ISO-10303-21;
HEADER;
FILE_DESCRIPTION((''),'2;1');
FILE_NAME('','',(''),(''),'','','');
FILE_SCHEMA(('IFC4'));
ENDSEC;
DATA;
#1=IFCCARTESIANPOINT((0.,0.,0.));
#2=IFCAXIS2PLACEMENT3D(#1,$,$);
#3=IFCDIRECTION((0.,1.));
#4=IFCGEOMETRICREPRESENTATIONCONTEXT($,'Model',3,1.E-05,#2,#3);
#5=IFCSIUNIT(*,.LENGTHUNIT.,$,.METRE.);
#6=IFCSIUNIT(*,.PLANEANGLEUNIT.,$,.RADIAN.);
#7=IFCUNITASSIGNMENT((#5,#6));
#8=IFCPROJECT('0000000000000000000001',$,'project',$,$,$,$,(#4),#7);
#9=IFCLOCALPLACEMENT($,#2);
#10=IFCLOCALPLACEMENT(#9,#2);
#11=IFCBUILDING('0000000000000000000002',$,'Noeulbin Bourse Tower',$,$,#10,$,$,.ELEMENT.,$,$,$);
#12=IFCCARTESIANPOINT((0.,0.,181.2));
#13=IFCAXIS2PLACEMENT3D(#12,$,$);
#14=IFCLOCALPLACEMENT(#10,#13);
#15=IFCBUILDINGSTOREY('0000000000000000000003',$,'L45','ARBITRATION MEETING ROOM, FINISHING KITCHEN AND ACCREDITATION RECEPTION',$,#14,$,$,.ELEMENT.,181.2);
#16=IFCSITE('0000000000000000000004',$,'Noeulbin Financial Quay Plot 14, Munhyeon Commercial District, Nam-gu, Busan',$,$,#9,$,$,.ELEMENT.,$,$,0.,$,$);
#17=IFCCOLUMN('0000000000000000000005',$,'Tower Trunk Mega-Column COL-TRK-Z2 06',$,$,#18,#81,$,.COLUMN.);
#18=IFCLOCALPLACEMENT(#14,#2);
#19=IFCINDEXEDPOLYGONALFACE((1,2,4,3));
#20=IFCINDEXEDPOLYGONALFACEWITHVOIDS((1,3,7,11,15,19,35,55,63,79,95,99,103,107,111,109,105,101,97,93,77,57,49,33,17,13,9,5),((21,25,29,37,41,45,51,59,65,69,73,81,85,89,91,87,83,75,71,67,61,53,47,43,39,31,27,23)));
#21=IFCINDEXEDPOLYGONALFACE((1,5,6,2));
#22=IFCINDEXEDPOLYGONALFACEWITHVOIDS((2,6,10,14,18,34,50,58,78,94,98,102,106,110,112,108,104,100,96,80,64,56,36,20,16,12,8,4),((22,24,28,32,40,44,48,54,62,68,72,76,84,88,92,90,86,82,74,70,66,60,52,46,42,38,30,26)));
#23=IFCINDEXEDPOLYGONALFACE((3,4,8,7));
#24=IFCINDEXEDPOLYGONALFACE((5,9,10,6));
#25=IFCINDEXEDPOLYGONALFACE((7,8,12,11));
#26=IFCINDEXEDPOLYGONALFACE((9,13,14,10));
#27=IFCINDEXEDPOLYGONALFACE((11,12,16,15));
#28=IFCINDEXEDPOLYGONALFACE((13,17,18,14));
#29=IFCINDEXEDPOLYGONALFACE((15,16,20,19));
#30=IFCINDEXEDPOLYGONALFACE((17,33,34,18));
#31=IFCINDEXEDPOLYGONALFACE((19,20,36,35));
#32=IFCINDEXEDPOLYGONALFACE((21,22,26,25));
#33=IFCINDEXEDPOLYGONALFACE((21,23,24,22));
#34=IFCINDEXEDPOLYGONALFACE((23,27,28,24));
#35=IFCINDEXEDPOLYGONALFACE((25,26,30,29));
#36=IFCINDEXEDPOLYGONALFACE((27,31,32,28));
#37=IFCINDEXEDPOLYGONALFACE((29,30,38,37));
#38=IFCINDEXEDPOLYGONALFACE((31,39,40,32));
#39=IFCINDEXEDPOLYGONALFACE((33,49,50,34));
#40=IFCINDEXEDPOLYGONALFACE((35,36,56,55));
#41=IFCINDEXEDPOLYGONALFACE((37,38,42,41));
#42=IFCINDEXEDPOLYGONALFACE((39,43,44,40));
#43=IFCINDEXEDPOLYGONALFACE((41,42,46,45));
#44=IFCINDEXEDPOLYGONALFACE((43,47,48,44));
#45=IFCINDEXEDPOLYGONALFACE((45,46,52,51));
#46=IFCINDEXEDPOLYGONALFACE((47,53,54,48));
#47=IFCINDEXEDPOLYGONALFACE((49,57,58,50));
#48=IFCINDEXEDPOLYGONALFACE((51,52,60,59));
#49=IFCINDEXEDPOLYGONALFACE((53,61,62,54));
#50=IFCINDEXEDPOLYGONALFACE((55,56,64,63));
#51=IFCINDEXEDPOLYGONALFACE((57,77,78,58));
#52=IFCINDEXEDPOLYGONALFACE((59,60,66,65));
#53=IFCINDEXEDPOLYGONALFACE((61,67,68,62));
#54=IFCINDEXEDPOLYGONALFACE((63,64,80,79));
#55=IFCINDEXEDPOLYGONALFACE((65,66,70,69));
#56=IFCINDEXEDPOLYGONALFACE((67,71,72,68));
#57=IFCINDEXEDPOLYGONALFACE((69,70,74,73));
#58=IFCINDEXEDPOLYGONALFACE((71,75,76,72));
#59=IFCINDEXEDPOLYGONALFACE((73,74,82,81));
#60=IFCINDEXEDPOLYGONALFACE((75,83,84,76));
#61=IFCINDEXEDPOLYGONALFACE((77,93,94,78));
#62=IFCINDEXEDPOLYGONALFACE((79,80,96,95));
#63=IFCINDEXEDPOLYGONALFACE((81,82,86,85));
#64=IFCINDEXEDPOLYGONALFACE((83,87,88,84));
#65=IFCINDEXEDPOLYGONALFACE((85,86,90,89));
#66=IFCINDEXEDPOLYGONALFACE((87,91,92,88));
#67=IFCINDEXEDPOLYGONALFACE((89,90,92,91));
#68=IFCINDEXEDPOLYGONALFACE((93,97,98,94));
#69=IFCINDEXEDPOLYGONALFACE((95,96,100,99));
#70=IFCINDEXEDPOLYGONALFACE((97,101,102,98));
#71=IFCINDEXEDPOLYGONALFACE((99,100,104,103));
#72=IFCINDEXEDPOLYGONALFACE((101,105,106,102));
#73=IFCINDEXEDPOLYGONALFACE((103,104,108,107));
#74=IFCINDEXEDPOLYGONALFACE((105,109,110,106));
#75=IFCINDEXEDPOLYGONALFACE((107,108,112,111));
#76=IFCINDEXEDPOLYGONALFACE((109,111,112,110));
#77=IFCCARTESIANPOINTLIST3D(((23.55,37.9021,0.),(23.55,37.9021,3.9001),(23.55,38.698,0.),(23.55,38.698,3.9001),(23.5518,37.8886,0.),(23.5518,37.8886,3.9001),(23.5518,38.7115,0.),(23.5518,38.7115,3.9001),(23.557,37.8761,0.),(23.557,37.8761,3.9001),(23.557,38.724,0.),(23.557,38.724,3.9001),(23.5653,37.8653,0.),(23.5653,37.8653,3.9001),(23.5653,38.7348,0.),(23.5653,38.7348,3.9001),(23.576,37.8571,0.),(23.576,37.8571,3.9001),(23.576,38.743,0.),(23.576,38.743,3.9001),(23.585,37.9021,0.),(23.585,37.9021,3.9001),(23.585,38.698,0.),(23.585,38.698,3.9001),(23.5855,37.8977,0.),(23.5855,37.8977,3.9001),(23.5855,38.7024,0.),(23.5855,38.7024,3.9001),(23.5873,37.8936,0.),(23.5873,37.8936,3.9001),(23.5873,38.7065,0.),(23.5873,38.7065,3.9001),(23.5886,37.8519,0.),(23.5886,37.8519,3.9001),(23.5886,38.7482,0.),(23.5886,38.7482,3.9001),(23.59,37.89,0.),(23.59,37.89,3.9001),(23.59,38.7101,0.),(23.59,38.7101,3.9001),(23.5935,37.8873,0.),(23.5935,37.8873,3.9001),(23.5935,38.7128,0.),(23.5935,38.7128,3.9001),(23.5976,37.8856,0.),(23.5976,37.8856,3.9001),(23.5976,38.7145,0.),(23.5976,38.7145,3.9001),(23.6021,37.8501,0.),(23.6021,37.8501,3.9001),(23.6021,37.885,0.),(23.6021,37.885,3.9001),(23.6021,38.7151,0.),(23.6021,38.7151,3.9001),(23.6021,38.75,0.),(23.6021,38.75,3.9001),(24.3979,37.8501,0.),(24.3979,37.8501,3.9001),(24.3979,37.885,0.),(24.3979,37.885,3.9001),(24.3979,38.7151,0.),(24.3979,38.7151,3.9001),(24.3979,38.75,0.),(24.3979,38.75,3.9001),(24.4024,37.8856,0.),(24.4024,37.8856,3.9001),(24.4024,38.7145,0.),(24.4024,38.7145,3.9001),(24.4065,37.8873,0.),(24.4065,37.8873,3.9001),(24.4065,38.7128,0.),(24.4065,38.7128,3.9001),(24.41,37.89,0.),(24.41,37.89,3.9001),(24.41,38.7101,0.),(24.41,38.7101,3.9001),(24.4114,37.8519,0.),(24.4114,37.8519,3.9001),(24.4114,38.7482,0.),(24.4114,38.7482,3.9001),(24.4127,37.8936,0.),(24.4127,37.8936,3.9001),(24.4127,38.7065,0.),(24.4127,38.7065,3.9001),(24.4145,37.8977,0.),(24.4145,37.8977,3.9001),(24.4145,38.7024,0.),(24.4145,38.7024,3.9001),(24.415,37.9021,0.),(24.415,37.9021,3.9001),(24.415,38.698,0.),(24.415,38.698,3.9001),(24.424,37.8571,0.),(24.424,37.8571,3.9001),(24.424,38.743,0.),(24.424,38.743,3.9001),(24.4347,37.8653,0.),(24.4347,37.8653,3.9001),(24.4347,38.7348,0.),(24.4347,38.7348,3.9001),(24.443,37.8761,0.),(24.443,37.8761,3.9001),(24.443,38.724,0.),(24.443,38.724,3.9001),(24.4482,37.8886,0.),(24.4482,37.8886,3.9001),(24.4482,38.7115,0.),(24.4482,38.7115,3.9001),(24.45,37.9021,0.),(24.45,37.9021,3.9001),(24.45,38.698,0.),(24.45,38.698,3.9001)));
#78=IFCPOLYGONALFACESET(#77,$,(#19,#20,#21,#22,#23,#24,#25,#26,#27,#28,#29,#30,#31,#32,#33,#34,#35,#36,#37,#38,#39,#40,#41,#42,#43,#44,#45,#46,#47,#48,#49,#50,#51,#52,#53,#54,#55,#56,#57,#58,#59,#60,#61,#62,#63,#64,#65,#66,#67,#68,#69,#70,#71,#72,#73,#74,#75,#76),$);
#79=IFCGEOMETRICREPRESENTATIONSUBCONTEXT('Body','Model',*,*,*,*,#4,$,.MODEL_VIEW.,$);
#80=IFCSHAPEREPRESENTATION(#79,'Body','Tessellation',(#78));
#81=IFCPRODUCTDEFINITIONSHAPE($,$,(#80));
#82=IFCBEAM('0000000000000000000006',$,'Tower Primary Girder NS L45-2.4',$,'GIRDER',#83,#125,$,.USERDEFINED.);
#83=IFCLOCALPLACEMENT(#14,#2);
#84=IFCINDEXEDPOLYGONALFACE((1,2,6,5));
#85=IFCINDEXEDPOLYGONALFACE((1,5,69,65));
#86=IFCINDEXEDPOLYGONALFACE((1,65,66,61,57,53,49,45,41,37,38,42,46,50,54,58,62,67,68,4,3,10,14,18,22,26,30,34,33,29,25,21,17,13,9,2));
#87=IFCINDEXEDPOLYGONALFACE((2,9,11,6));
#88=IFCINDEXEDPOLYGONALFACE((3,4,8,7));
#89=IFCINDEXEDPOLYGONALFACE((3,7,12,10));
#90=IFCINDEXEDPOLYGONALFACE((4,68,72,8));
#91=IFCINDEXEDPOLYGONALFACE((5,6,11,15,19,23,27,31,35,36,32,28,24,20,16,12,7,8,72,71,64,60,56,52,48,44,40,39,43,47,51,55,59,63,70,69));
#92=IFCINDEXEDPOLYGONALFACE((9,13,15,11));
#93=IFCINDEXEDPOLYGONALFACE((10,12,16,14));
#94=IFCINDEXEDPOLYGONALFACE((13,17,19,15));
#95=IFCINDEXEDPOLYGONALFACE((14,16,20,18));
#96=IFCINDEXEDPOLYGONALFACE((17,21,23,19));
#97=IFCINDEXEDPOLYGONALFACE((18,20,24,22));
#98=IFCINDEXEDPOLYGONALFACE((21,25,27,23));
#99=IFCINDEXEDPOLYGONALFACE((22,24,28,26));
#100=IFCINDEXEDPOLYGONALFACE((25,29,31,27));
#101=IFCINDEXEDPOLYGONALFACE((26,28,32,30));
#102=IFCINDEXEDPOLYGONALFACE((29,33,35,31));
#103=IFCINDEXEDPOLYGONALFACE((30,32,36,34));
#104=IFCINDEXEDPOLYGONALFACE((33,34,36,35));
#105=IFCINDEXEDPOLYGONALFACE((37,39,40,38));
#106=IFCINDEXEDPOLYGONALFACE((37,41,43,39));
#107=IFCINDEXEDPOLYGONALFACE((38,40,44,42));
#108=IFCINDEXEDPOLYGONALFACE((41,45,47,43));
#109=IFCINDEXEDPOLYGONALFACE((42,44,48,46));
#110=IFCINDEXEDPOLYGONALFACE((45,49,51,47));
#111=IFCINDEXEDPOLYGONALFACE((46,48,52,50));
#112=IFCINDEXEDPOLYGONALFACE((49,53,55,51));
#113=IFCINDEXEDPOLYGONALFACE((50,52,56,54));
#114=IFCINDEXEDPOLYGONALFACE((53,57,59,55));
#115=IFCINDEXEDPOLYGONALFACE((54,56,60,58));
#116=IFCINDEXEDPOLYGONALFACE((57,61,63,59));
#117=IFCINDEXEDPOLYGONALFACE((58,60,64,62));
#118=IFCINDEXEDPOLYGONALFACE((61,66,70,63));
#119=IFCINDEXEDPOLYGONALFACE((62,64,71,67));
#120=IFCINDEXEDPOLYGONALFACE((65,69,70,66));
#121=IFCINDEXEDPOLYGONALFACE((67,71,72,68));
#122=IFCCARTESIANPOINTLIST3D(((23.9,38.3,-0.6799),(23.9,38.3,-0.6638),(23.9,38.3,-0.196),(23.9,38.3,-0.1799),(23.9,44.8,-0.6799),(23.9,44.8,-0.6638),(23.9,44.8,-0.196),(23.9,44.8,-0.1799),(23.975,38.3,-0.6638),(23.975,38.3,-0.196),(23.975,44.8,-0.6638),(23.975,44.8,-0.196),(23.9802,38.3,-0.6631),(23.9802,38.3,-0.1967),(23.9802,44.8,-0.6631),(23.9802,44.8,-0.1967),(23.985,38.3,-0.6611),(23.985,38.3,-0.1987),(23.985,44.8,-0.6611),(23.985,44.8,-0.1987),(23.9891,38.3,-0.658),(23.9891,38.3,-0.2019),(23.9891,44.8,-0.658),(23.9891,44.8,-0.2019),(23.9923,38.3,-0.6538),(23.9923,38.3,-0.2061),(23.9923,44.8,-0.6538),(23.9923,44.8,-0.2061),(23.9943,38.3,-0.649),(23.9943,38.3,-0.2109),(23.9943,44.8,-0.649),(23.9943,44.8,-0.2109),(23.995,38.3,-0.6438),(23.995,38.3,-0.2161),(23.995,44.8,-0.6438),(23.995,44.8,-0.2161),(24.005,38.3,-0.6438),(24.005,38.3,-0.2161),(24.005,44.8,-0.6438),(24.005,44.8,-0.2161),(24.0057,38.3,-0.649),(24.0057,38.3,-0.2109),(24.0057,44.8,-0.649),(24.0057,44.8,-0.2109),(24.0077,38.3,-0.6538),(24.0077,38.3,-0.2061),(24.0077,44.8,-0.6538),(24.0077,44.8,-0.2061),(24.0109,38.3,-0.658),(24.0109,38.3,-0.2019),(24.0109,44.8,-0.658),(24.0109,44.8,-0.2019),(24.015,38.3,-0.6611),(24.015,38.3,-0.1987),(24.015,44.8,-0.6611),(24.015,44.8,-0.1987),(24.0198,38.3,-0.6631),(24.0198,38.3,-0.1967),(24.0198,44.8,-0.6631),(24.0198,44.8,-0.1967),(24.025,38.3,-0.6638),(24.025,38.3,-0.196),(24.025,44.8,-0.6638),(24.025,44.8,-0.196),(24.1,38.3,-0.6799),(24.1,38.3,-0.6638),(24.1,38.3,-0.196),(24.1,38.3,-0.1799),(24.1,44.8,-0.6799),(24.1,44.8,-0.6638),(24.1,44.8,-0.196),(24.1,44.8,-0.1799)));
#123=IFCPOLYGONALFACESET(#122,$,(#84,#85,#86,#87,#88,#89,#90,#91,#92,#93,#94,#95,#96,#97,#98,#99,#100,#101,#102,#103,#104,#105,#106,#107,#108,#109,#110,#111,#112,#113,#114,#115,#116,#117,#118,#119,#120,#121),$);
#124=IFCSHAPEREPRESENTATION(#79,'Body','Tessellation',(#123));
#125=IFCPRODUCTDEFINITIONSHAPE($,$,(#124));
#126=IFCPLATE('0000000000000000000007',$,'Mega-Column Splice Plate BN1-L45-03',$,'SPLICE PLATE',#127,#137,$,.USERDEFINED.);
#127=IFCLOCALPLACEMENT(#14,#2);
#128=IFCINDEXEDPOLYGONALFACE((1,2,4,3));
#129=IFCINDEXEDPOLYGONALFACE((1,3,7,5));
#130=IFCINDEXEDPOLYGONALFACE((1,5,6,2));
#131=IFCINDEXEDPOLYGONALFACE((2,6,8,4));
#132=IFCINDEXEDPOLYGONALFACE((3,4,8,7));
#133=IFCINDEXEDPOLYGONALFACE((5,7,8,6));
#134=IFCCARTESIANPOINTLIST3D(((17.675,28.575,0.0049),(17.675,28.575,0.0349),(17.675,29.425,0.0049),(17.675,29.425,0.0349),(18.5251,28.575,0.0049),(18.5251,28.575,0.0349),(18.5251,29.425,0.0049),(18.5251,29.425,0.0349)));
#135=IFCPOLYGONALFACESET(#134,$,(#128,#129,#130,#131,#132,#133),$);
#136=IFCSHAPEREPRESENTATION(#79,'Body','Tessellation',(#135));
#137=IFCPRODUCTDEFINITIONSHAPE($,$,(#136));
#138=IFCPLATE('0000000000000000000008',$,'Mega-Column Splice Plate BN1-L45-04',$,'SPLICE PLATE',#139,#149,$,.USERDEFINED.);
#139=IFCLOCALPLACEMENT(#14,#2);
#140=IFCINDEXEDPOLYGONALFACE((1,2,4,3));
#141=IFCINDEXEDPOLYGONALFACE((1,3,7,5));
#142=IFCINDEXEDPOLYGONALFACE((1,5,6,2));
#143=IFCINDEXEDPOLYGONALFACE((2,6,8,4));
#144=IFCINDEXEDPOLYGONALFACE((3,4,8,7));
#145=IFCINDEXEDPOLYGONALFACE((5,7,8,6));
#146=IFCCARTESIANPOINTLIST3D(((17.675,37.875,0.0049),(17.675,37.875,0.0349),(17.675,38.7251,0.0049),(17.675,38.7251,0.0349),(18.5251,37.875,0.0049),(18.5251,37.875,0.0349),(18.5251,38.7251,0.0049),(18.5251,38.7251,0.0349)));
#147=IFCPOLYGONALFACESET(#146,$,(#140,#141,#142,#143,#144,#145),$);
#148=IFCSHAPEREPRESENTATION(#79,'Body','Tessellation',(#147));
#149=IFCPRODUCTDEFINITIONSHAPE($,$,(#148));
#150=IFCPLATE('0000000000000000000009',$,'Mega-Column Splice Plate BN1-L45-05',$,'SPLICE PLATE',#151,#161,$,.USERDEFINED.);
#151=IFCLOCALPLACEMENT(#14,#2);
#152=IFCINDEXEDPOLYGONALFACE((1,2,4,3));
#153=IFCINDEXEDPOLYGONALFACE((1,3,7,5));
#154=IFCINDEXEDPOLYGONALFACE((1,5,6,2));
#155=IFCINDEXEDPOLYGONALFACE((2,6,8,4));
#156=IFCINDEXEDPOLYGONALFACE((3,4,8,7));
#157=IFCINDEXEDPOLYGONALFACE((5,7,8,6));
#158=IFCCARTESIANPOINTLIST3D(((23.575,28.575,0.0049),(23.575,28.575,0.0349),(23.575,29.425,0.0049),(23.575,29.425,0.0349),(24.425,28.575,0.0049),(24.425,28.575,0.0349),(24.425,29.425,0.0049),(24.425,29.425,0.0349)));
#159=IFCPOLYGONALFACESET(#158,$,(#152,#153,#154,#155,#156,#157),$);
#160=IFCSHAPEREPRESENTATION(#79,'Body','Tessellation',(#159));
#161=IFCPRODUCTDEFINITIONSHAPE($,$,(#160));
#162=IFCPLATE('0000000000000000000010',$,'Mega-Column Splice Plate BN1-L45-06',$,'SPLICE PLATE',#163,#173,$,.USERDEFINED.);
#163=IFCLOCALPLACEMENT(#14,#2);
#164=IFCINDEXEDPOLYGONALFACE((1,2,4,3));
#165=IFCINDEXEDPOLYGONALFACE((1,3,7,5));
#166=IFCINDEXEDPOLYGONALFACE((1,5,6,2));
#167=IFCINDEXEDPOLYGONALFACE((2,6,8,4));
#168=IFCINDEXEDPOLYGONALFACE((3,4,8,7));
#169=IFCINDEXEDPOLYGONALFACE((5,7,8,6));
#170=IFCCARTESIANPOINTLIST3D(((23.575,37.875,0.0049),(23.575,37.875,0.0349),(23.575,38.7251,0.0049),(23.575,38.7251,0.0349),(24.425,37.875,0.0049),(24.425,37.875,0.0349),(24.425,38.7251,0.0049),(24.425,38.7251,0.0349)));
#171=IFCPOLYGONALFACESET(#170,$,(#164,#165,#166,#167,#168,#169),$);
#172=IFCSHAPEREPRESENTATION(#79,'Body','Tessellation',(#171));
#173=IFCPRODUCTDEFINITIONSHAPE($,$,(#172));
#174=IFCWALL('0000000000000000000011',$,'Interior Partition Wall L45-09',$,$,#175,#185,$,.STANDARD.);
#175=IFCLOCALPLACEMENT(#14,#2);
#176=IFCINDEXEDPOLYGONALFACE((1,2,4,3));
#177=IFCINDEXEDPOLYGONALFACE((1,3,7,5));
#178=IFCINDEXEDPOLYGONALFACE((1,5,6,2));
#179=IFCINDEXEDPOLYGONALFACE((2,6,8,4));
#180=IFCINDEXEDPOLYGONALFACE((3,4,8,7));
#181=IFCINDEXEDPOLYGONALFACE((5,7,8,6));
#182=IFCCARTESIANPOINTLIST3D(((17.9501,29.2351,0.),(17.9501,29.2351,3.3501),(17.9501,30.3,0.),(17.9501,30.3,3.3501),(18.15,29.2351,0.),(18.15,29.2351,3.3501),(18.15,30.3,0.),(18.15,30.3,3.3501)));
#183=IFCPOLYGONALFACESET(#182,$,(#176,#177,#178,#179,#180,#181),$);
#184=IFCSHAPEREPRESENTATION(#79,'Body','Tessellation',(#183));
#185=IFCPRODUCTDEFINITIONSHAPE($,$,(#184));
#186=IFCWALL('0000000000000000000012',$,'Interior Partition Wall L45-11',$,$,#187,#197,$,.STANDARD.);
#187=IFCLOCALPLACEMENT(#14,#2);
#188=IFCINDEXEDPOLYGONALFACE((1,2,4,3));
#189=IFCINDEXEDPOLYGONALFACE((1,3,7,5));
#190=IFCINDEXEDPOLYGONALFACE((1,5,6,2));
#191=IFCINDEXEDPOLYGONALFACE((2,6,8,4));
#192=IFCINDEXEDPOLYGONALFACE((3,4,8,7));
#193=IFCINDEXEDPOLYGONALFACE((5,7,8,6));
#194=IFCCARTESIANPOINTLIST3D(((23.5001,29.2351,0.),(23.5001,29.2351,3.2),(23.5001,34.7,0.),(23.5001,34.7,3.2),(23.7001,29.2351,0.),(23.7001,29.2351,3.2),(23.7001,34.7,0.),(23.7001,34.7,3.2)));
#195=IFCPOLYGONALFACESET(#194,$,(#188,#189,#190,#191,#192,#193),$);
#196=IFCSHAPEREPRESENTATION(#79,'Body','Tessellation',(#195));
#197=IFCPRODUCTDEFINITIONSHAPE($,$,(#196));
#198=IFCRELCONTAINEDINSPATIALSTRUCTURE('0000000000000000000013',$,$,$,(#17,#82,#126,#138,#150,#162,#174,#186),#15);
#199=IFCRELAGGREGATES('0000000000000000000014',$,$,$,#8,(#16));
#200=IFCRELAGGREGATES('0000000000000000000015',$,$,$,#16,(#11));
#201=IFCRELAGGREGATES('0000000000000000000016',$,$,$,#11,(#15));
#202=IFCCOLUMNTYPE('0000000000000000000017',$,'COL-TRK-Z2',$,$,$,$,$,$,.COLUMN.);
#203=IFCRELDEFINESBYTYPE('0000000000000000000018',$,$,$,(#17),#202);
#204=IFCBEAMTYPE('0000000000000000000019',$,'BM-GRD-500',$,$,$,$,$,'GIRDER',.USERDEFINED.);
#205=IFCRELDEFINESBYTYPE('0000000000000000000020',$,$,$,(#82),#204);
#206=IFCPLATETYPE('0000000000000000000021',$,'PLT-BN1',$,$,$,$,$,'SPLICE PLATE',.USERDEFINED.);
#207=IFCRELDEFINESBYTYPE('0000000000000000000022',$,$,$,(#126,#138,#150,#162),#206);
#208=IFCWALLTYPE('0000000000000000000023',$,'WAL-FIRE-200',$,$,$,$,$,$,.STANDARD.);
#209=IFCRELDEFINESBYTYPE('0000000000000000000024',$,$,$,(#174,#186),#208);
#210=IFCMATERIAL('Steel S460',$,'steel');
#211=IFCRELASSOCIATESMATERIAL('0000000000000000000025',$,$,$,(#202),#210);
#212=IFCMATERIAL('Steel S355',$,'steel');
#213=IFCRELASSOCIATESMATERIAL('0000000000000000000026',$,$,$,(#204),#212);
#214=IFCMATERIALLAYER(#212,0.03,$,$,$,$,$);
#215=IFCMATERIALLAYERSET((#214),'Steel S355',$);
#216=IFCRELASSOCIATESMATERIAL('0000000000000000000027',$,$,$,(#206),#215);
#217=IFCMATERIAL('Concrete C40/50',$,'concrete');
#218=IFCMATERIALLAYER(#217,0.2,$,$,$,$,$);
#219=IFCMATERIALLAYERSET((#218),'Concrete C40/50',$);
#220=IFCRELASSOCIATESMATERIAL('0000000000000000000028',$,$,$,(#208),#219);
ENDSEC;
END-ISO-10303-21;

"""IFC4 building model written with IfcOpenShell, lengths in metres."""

from ifc_helpers import new_model, si_unit, direction, frame, frame_2d, origin, origin_2d, place, context, subcontext, project, spatial, rectangle, hollow_rectangle, i_section, extrude, material, layer, layer_set, material_profile, profile_set, type_object, element, save


model = new_model("IFC4")

# Units and contexts
model_context = context("Model", 3, precision=1e-05, world=origin(), true_north=direction((0.0, 1.0)))
body_context = subcontext(model_context, "Body", "Model", "MODEL_VIEW")
ifc_project = project(units=[si_unit("LENGTHUNIT", "METRE"), si_unit("PLANEANGLEUNIT", "RADIAN")], contexts=[model_context])

# Site, building, storey
site_placement = place(None, origin())
site = spatial("IfcSite", under=ifc_project, at=site_placement, Name="Noeulbin Financial Quay Plot 14, Munhyeon Commercial District, Nam-gu, Busan", CompositionType="ELEMENT", RefElevation=0.0)
building_placement = place(site_placement, origin())
building = spatial("IfcBuilding", under=site, at=building_placement, Name="Noeulbin Bourse Tower", CompositionType="ELEMENT")
storey_placement = place(building_placement, frame((0.0, 0.0, 181.2)))
storey = spatial("IfcBuildingStorey", under=building, at=storey_placement, Name="L45", Description="ARBITRATION MEETING ROOM, FINISHING KITCHEN AND ACCREDITATION RECEPTION", CompositionType="ELEMENT", Elevation=181.2)

# Column
ifc_material_1 = material(Name="Steel S460", Category="steel")
ifc_material_profile_1 = material_profile(ifc_material_1, hollow_rectangle(XDim=0.8999, YDim=0.8999, WallThickness=0.0349, InnerFilletRadius=0.0171, OuterFilletRadius=0.052, at=origin_2d()), Name="BOX-900x900x35", Category="LoadBearing")
ifc_profile_set_1 = profile_set([ifc_material_profile_1], Name="Steel S460")
column_type = type_object("IfcColumnType", Name="COL-TRK-Z2", PredefinedType="COLUMN", material=ifc_profile_set_1)
for number, where, z_axis, x_axis, name in (
    (1, (24.0, 38.3, 0.0), (0.0, 0.0, 1.0), (1.0, 0.0, 0.0), "Tower Trunk Mega-Column COL-TRK-Z2 06"),
):
    element("IfcColumn", number, at=place(storey_placement, frame(where, z_axis=z_axis, x_axis=x_axis)), inside=storey, type_object=column_type, Name=name, PredefinedType="COLUMN", context=body_context, shape_type="SweptSolid", body=[
        extrude(hollow_rectangle(XDim=0.8999, YDim=0.8999, WallThickness=0.0349, InnerFilletRadius=0.0171, OuterFilletRadius=0.052, at=origin_2d()), origin(), (0.0, 0.0, 1.0), 3.9001),
    ])

# Beam
ifc_material_2 = material(Name="Steel S355", Category="steel")
ifc_material_profile_2 = material_profile(ifc_material_2, i_section(OverallWidth=0.2, OverallDepth=0.5, WebThickness=0.01, FlangeThickness=0.0161, FilletRadius=0.02, at=origin_2d()), Name="H-500x200x10x16", Category="LoadBearing")
ifc_profile_set_2 = profile_set([ifc_material_profile_2], Name="Steel S355")
beam_type = type_object("IfcBeamType", Name="BM-GRD-500", ElementType="GIRDER", PredefinedType="USERDEFINED", material=ifc_profile_set_2)
beam_placement = place(storey_placement, frame((24.0, 38.3, -0.4299), z_axis=(0.0, 1.0, 0.0), x_axis=(-1.0, 0.0, 0.0)))
element("IfcBeam", 2, at=beam_placement, inside=storey, type_object=beam_type, Name="Tower Primary Girder NS L45-2.4", ObjectType="GIRDER", PredefinedType="USERDEFINED", context=body_context, shape_type="SweptSolid", body=[
    extrude(i_section(OverallWidth=0.2, OverallDepth=0.5, WebThickness=0.01, FlangeThickness=0.0161, FilletRadius=0.02, at=origin_2d()), origin(), (0.0, 0.0, 1.0), 6.5),
])

# Plates
ifc_layer_1 = layer(ifc_material_2, 0.03)
ifc_layer_set_1 = layer_set([ifc_layer_1], Name="Steel S355")
plate_type = type_object("IfcPlateType", Name="PLT-BN1", ElementType="SPLICE PLATE", PredefinedType="USERDEFINED", material=ifc_layer_set_1)
for number, where, z_axis, x_axis, name in (
    (3, (18.1001, 29.0, 0.0049), (0.0, 0.0, 1.0), (1.0, 0.0, 0.0), "Mega-Column Splice Plate BN1-L45-03"),
    (4, (18.1001, 38.3, 0.0049), (0.0, 0.0, 1.0), (1.0, 0.0, 0.0), "Mega-Column Splice Plate BN1-L45-04"),
    (5, (24.0, 29.0, 0.0049), (0.0, 0.0, 1.0), (1.0, 0.0, 0.0), "Mega-Column Splice Plate BN1-L45-05"),
    (6, (24.0, 38.3, 0.0049), (0.0, 0.0, 1.0), (1.0, 0.0, 0.0), "Mega-Column Splice Plate BN1-L45-06"),
):
    element("IfcPlate", number, at=place(storey_placement, frame(where, z_axis=z_axis, x_axis=x_axis)), inside=storey, type_object=plate_type, Name=name, ObjectType="SPLICE PLATE", PredefinedType="USERDEFINED", context=body_context, shape_type="SweptSolid", body=[
        extrude(rectangle(XDim=0.8501, YDim=0.8501, at=origin_2d()), origin(), (0.0, 0.0, 1.0), 0.03),
    ])

# Walls
ifc_material_3 = material(Name="Concrete C40/50", Category="concrete")
ifc_layer_2 = layer(ifc_material_3, 0.2)
ifc_layer_set_2 = layer_set([ifc_layer_2], Name="Concrete C40/50")
wall_type_1 = type_object("IfcWallType", Name="WAL-FIRE-200", PredefinedType="STANDARD", material=ifc_layer_set_2)
wall_1_placement = place(storey_placement, frame((18.05, 29.2351, 0.0), z_axis=(0.0, 0.0, 1.0), x_axis=(0.0, 1.0, 0.0)))
element("IfcWall", 7, at=wall_1_placement, inside=storey, type_object=wall_type_1, Name="Interior Partition Wall L45-09", PredefinedType="STANDARD", context=body_context, shape_type="SweptSolid", body=[
    extrude(rectangle(XDim=1.0649, YDim=0.2, at=frame_2d((0.5325, 0.0))), origin(), (0.0, 0.0, 1.0), 3.3501),
])
wall_2_placement = place(storey_placement, frame((23.6001, 29.2351, 0.0), z_axis=(0.0, 0.0, 1.0), x_axis=(0.0, 1.0, 0.0)))
element("IfcWall", 8, at=wall_2_placement, inside=storey, type_object=wall_type_1, Name="Interior Partition Wall L45-11", PredefinedType="STANDARD", context=body_context, shape_type="SweptSolid", body=[
    extrude(rectangle(XDim=5.4648, YDim=0.2, at=frame_2d((2.7324, 0.0))), origin(), (0.0, 0.0, 1.0), 3.2),
])

save(model, "model.ifc")
